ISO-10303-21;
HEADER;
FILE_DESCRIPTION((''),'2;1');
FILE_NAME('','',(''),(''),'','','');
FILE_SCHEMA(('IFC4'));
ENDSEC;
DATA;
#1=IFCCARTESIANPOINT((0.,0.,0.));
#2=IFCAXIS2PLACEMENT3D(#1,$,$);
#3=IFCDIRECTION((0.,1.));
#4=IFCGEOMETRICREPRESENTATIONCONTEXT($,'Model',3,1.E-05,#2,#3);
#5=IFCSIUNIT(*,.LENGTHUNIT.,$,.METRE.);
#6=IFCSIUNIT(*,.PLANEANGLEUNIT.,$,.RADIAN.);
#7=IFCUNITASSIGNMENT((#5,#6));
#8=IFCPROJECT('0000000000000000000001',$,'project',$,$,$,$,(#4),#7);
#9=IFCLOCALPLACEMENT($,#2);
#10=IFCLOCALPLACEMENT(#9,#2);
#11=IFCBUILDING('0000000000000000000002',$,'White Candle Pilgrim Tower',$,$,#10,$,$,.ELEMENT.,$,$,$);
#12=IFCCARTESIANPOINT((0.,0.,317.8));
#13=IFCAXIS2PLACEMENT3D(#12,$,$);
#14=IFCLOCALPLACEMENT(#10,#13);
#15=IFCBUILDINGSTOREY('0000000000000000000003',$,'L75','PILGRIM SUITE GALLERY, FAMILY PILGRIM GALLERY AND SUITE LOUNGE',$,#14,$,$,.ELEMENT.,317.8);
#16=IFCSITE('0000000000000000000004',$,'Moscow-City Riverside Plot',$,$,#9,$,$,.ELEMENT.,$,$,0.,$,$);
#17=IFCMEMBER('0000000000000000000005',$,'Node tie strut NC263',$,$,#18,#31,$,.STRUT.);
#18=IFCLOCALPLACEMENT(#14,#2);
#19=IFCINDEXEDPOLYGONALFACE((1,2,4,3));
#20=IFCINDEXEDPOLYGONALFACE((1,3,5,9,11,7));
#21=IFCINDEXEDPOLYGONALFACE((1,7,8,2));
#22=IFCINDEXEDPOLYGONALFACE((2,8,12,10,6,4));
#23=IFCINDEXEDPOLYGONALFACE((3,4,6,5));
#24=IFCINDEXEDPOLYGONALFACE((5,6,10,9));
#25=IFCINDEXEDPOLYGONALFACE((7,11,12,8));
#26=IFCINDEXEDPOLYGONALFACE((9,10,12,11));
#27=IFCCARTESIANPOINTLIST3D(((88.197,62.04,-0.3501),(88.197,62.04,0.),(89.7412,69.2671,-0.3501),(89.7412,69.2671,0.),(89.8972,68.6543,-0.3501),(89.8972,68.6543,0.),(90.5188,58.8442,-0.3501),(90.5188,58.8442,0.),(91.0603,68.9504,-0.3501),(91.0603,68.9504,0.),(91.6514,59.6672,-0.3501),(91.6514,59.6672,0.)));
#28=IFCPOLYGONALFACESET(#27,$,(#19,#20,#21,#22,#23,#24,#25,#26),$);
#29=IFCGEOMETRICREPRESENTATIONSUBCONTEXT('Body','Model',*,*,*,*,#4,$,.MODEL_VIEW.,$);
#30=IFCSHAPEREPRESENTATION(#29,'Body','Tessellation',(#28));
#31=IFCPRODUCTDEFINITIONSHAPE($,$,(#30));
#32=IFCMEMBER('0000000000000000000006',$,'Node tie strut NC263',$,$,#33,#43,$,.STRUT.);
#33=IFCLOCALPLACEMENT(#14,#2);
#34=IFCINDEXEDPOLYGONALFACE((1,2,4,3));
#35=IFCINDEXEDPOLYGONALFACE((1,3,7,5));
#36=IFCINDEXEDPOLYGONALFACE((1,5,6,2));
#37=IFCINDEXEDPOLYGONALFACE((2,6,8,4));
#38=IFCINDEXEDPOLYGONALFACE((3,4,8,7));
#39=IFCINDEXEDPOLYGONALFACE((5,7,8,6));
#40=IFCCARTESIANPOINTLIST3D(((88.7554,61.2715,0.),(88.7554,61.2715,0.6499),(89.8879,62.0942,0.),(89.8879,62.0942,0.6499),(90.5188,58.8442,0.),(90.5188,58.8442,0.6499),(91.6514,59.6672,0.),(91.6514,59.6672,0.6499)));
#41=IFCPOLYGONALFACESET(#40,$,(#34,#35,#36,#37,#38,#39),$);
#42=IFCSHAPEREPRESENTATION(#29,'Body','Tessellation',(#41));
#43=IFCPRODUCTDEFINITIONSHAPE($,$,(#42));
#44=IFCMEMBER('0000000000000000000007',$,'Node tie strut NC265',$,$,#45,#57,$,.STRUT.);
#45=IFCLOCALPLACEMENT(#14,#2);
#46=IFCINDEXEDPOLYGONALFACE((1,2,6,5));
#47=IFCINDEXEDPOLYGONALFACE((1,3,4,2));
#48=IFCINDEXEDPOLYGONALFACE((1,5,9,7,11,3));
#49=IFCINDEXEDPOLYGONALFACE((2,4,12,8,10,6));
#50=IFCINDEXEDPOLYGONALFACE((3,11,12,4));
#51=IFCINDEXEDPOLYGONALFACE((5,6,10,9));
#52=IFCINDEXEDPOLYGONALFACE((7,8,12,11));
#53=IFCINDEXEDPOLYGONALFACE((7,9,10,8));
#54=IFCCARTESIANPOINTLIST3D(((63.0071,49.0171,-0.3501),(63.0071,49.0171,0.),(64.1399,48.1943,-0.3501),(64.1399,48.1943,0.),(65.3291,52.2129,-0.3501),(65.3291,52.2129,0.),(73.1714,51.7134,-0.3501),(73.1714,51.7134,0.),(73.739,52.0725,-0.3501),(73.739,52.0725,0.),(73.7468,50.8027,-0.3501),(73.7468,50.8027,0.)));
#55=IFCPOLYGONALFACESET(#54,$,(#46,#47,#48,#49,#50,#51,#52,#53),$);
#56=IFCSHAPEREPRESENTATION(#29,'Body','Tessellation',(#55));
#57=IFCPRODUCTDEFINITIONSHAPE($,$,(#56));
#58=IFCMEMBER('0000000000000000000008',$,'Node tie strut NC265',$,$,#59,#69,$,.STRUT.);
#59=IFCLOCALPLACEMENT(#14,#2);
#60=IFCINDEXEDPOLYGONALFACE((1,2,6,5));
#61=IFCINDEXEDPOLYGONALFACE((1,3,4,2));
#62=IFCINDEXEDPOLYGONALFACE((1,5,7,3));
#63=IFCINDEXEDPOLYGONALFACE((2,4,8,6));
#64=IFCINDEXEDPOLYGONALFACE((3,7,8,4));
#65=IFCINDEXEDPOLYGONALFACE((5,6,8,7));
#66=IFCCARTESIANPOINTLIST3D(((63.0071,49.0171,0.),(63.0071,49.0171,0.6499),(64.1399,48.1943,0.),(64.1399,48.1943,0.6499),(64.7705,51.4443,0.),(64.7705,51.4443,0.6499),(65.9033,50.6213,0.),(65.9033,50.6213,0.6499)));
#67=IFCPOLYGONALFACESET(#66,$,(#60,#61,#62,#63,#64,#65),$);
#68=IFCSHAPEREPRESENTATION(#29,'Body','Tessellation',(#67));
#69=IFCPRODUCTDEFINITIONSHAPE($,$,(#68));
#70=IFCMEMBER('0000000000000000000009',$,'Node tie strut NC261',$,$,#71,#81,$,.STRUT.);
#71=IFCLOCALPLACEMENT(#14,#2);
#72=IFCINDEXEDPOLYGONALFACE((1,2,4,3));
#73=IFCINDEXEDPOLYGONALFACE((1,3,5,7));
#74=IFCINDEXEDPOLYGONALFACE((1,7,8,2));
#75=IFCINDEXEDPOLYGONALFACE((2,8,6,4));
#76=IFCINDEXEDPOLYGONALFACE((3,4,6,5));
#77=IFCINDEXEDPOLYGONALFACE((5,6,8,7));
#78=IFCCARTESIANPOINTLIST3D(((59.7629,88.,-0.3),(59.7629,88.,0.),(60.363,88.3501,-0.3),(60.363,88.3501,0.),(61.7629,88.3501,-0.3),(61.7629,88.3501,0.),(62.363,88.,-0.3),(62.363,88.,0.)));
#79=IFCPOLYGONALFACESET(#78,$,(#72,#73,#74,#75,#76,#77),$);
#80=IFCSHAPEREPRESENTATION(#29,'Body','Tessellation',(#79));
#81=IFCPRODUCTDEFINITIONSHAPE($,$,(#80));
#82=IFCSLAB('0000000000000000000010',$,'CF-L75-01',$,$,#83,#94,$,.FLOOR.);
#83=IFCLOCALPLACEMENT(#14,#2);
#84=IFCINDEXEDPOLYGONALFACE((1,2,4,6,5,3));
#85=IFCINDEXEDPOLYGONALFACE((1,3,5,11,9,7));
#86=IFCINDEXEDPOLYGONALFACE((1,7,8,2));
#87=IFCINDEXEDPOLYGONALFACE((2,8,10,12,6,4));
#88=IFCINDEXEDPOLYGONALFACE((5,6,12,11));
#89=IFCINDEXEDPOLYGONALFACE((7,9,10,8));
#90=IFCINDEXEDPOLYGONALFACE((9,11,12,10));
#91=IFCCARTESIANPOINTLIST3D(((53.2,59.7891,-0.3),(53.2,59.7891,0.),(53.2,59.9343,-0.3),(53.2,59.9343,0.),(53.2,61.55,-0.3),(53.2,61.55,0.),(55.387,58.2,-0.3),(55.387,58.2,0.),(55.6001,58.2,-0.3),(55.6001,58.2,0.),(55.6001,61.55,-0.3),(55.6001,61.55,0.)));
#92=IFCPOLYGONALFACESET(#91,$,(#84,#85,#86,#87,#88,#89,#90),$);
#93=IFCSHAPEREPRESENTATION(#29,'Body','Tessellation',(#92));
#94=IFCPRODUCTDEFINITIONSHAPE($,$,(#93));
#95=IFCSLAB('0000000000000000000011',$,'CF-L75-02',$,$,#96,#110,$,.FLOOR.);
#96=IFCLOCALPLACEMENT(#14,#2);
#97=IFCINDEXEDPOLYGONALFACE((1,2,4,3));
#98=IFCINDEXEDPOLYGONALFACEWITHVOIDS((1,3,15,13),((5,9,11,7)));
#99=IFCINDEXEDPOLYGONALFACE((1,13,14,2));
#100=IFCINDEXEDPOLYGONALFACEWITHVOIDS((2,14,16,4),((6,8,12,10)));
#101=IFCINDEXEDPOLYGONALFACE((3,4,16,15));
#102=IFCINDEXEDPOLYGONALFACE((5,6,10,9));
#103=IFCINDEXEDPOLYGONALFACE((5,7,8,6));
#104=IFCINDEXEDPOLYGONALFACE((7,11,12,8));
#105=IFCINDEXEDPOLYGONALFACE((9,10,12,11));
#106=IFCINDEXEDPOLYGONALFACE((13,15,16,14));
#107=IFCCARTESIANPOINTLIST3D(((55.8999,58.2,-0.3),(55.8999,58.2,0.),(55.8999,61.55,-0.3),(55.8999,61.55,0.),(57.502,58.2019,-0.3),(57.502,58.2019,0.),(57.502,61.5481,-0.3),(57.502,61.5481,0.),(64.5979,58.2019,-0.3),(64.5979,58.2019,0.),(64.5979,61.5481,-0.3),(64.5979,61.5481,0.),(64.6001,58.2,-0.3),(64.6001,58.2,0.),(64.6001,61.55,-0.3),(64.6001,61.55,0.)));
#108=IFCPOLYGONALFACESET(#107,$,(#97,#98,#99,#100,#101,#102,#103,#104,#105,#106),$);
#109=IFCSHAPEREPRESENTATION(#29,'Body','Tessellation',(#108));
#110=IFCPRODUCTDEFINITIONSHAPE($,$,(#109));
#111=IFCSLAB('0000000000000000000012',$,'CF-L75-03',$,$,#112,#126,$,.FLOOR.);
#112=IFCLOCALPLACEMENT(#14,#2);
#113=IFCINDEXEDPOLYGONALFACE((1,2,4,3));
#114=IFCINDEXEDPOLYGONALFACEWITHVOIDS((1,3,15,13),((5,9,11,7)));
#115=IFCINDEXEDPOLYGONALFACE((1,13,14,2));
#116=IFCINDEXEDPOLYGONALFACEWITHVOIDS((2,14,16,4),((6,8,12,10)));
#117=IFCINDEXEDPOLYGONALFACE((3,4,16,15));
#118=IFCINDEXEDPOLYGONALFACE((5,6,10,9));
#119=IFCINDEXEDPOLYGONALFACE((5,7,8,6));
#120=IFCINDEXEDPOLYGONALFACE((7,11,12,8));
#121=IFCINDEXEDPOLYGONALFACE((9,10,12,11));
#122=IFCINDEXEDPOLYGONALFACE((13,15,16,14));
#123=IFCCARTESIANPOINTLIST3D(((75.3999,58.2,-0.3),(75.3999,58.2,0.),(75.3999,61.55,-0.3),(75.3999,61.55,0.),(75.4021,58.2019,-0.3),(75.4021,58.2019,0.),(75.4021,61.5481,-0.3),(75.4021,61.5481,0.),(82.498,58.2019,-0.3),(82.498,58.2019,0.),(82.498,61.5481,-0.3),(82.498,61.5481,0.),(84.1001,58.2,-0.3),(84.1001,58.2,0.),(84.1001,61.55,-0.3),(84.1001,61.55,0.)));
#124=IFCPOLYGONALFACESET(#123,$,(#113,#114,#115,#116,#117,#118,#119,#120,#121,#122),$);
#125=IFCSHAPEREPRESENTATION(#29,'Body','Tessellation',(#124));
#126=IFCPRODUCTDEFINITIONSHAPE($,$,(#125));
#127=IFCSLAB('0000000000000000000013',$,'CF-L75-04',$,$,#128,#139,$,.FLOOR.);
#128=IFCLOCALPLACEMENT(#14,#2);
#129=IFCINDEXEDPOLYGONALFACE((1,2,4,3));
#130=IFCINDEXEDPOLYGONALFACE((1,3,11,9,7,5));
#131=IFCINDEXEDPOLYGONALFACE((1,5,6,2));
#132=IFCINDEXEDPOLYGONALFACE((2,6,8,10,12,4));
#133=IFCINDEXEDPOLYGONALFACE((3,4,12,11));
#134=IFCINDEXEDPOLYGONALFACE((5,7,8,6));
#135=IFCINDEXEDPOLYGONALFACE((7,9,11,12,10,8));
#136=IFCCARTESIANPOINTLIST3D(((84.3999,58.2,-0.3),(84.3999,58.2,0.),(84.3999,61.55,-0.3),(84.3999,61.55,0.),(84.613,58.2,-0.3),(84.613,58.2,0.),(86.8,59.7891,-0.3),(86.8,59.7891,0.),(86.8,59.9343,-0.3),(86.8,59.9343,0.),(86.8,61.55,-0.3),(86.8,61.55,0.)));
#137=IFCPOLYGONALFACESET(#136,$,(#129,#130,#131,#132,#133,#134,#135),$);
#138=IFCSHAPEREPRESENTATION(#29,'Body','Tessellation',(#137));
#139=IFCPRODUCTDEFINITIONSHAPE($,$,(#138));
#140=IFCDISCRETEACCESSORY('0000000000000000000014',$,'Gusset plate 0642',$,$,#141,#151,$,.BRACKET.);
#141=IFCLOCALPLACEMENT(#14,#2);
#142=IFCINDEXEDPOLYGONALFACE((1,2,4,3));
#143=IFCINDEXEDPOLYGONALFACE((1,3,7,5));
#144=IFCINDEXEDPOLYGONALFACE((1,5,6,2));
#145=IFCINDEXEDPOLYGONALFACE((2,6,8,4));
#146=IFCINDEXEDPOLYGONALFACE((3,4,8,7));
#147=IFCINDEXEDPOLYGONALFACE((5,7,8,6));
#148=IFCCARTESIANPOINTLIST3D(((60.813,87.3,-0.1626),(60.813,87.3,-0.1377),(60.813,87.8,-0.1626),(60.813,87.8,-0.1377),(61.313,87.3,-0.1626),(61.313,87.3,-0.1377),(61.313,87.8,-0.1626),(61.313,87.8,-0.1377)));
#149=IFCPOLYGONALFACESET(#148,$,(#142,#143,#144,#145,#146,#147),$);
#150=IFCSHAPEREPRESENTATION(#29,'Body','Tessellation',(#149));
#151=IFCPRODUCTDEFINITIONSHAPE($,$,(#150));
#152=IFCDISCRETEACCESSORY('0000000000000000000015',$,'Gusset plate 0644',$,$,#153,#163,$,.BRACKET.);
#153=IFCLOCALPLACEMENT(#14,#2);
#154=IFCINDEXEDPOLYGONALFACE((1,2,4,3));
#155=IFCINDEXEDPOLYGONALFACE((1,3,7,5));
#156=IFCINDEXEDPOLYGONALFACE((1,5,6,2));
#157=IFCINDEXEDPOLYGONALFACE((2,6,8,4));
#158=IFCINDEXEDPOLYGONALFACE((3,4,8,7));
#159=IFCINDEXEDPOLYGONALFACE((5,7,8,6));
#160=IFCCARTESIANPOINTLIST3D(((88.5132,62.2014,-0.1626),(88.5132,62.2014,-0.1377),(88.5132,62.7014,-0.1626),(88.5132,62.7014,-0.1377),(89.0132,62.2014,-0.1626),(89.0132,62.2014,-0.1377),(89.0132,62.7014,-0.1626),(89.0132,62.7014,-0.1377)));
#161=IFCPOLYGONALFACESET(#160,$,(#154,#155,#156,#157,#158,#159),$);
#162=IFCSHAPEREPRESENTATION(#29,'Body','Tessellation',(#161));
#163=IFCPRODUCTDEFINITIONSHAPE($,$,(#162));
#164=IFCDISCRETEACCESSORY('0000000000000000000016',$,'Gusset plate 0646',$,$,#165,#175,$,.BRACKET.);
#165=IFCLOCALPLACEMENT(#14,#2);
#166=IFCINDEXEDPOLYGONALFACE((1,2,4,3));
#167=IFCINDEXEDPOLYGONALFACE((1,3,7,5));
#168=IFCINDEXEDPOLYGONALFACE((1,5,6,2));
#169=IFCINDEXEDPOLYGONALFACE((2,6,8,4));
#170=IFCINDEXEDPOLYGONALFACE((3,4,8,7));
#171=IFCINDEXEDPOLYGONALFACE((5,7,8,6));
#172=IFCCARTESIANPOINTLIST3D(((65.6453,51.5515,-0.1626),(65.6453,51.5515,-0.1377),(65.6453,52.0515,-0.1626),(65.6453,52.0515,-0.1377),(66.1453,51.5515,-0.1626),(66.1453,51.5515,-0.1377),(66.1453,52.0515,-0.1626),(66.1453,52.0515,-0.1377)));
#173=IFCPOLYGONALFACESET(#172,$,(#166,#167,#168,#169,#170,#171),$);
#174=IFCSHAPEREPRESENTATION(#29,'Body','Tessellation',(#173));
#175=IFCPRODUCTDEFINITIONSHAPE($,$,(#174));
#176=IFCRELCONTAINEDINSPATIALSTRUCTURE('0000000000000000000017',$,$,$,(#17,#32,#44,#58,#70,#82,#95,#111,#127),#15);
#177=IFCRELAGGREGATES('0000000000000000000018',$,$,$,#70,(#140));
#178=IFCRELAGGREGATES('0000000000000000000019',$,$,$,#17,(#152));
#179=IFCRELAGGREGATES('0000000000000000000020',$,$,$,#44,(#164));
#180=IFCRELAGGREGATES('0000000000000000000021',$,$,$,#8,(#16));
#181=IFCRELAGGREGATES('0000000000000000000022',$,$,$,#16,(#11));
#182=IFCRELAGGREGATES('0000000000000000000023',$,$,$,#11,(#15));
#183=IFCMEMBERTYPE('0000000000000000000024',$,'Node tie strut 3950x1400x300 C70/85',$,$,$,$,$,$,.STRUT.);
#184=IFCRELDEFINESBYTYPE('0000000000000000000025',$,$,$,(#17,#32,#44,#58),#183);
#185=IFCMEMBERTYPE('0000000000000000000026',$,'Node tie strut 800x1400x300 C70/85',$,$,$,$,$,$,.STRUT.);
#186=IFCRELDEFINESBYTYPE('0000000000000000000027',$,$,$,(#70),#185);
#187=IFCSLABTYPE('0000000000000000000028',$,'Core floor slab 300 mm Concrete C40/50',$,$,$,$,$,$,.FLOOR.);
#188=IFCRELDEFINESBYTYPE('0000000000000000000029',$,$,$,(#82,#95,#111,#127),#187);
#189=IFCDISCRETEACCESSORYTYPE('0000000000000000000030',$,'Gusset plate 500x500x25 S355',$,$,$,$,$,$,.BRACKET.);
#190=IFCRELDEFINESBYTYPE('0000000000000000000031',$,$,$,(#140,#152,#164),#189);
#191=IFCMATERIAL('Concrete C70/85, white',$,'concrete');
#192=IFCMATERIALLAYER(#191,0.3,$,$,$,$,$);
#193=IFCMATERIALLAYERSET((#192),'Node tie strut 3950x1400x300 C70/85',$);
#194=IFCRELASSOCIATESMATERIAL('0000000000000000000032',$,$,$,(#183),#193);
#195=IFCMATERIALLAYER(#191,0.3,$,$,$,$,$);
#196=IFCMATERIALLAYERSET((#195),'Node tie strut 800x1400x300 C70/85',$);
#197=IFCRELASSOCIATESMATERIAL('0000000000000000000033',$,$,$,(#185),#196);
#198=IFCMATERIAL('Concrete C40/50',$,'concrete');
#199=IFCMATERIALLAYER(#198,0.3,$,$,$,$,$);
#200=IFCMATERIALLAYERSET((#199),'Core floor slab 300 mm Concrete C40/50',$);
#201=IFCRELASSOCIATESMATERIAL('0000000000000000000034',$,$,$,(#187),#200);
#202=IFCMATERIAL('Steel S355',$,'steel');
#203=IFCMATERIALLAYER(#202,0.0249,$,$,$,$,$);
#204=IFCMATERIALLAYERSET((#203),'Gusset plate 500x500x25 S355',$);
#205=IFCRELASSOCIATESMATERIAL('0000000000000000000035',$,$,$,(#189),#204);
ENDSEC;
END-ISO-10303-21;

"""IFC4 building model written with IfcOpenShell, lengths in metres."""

from ifc_helpers import new_model, si_unit, direction, frame, origin, origin_2d, place, context, subcontext, project, spatial, polyline, rectangle, outline, extrude, material, layer, layer_set, type_object, element, aggregate, save


model = new_model("IFC4")

# Units and contexts
model_context = context("Model", 3, precision=1e-05, world=origin(), true_north=direction((0.0, 1.0)))
body_context = subcontext(model_context, "Body", "Model", "MODEL_VIEW")
ifc_project = project(units=[si_unit("LENGTHUNIT", "METRE"), si_unit("PLANEANGLEUNIT", "RADIAN")], contexts=[model_context])

# Site, building, storey
site_placement = place(None, origin())
site = spatial("IfcSite", under=ifc_project, at=site_placement, Name="Moscow-City Riverside Plot", CompositionType="ELEMENT", RefElevation=0.0)
building_placement = place(site_placement, origin())
building = spatial("IfcBuilding", under=site, at=building_placement, Name="White Candle Pilgrim Tower", CompositionType="ELEMENT")
storey_placement = place(building_placement, frame((0.0, 0.0, 317.8)))
storey = spatial("IfcBuildingStorey", under=building, at=storey_placement, Name="L75", Description="PILGRIM SUITE GALLERY, FAMILY PILGRIM GALLERY AND SUITE LOUNGE", CompositionType="ELEMENT", Elevation=317.8)

# Members
ifc_material_1 = material(Name="Concrete C70/85, white", Category="concrete")
ifc_layer_1 = layer(ifc_material_1, 0.3)
ifc_layer_set_1 = layer_set([ifc_layer_1], Name="Node tie strut 3950x1400x300 C70/85")
member_type_1 = type_object("IfcMemberType", Name="Node tie strut 3950x1400x300 C70/85", PredefinedType="STRUT", material=ifc_layer_set_1)
member_1_placement = place(storey_placement, frame((0.0, 0.0, -0.3501)))
member_1 = element("IfcMember", 1, at=member_1_placement, inside=storey, type_object=member_type_1, Name="Node tie strut NC263", PredefinedType="STRUT", context=body_context, shape_type="SweptSolid", body=[
    extrude(outline(polyline([(90.5188, 58.8442), (91.6514, 59.6672), (91.0603, 68.9504), (89.8972, 68.6543), (89.7412, 69.2671), (88.197, 62.04), (90.5188, 58.8442)])), origin(), (0.0, 0.0, 1.0), 0.3501),
])
member_2_placement = place(storey_placement, origin())
element("IfcMember", 2, at=member_2_placement, inside=storey, type_object=member_type_1, Name="Node tie strut NC263", PredefinedType="STRUT", context=body_context, shape_type="SweptSolid", body=[
    extrude(outline(polyline([(90.5188, 58.8442), (91.6514, 59.6672), (89.8879, 62.0942), (88.7554, 61.2715), (90.5188, 58.8442)])), origin(), (0.0, 0.0, 1.0), 0.6499),
])
member_3_placement = place(storey_placement, frame((0.0, 0.0, -0.3501)))
member_3 = element("IfcMember", 3, at=member_3_placement, inside=storey, type_object=member_type_1, Name="Node tie strut NC265", PredefinedType="STRUT", context=body_context, shape_type="SweptSolid", body=[
    extrude(outline(polyline([(64.1399, 48.1943), (73.7468, 50.8027), (73.1714, 51.7134), (73.739, 52.0725), (65.3291, 52.2129), (63.0071, 49.0171), (64.1399, 48.1943)])), origin(), (0.0, 0.0, 1.0), 0.3501),
])
member_4_placement = place(storey_placement, origin())
element("IfcMember", 4, at=member_4_placement, inside=storey, type_object=member_type_1, Name="Node tie strut NC265", PredefinedType="STRUT", context=body_context, shape_type="SweptSolid", body=[
    extrude(outline(polyline([(64.1399, 48.1943), (65.9033, 50.6213), (64.7705, 51.4443), (63.0071, 49.0171), (64.1399, 48.1943)])), origin(), (0.0, 0.0, 1.0), 0.6499),
])
ifc_layer_2 = layer(ifc_material_1, 0.3)
ifc_layer_set_2 = layer_set([ifc_layer_2], Name="Node tie strut 800x1400x300 C70/85")
member_type_2 = type_object("IfcMemberType", Name="Node tie strut 800x1400x300 C70/85", PredefinedType="STRUT", material=ifc_layer_set_2)
member_5_placement = place(storey_placement, frame((0.0, 0.0, -0.3)))
member_5 = element("IfcMember", 5, at=member_5_placement, inside=storey, type_object=member_type_2, Name="Node tie strut NC261", PredefinedType="STRUT", context=body_context, shape_type="SweptSolid", body=[
    extrude(outline(polyline([(59.7629, 88.0), (62.363, 88.0), (61.7629, 88.3501), (60.363, 88.3501), (59.7629, 88.0)])), origin(), (0.0, 0.0, 1.0), 0.3),
])

# Slabs
ifc_material_2 = material(Name="Concrete C40/50", Category="concrete")
ifc_layer_3 = layer(ifc_material_2, 0.3)
ifc_layer_set_3 = layer_set([ifc_layer_3], Name="Core floor slab 300 mm Concrete C40/50")
slab_type_1 = type_object("IfcSlabType", Name="Core floor slab 300 mm Concrete C40/50", PredefinedType="FLOOR", material=ifc_layer_set_3)
slab_1_placement = place(storey_placement, frame((0.0, 0.0, -0.3)))
element("IfcSlab", 6, at=slab_1_placement, inside=storey, type_object=slab_type_1, Name="CF-L75-01", PredefinedType="FLOOR", context=body_context, shape_type="SweptSolid", body=[
    extrude(outline(polyline([(55.387, 58.2), (53.2, 59.7891), (53.2, 59.9343), (53.2, 61.55), (55.6001, 61.55), (55.6001, 58.2), (55.387, 58.2)])), origin(), (0.0, 0.0, 1.0), 0.3),
])
slab_2_placement = place(storey_placement, frame((0.0, 0.0, -0.3)))
element("IfcSlab", 7, at=slab_2_placement, inside=storey, type_object=slab_type_1, Name="CF-L75-02", PredefinedType="FLOOR", context=body_context, shape_type="SweptSolid", body=[
    extrude(outline(polyline([(55.8999, 58.2), (55.8999, 61.55), (64.6001, 61.55), (64.6001, 58.2), (55.8999, 58.2)]), holes=[polyline([(57.502, 61.5481), (57.502, 58.2019), (64.5979, 58.2019), (64.5979, 61.5481), (57.502, 61.5481)])]), origin(), (0.0, 0.0, 1.0), 0.3),
])
slab_3_placement = place(storey_placement, frame((0.0, 0.0, -0.3)))
element("IfcSlab", 8, at=slab_3_placement, inside=storey, type_object=slab_type_1, Name="CF-L75-03", PredefinedType="FLOOR", context=body_context, shape_type="SweptSolid", body=[
    extrude(outline(polyline([(75.3999, 58.2), (75.3999, 61.55), (84.1001, 61.55), (84.1001, 58.2), (75.3999, 58.2)]), holes=[polyline([(82.498, 58.2019), (82.498, 61.5481), (75.4021, 61.5481), (75.4021, 58.2019), (82.498, 58.2019)])]), origin(), (0.0, 0.0, 1.0), 0.3),
])
slab_4_placement = place(storey_placement, frame((0.0, 0.0, -0.3)))
element("IfcSlab", 9, at=slab_4_placement, inside=storey, type_object=slab_type_1, Name="CF-L75-04", PredefinedType="FLOOR", context=body_context, shape_type="SweptSolid", body=[
    extrude(outline(polyline([(86.8, 59.9343), (86.8, 59.7891), (84.613, 58.2), (84.3999, 58.2), (84.3999, 61.55), (86.8, 61.55), (86.8, 59.9343)])), origin(), (0.0, 0.0, 1.0), 0.3),
])

# Discrete accessories
ifc_material_3 = material(Name="Steel S355", Category="steel")
ifc_layer_4 = layer(ifc_material_3, 0.0249)
ifc_layer_set_4 = layer_set([ifc_layer_4], Name="Gusset plate 500x500x25 S355")
discrete_accessory_type = type_object("IfcDiscreteAccessoryType", Name="Gusset plate 500x500x25 S355", PredefinedType="BRACKET", material=ifc_layer_set_4)
discrete_accessory_1_placement = place(storey_placement, frame((61.063, 87.55, -0.1626), z_axis=(0.0, 0.0, 1.0), x_axis=(1.0, 0.0, 0.0)))
discrete_accessory_1 = element("IfcDiscreteAccessory", 10, at=discrete_accessory_1_placement, type_object=discrete_accessory_type, Name="Gusset plate 0642", PredefinedType="BRACKET", context=body_context, shape_type="SweptSolid", body=[
    extrude(rectangle(XDim=0.5, YDim=0.5, at=origin_2d()), origin(), (0.0, 0.0, 1.0), 0.0249),
])
aggregate(member_5, [discrete_accessory_1])
discrete_accessory_2_placement = place(storey_placement, frame((88.7632, 62.4514, -0.1626), z_axis=(0.0, 0.0, 1.0), x_axis=(1.0, 0.0, 0.0)))
discrete_accessory_2 = element("IfcDiscreteAccessory", 11, at=discrete_accessory_2_placement, type_object=discrete_accessory_type, Name="Gusset plate 0644", PredefinedType="BRACKET", context=body_context, shape_type="SweptSolid", body=[
    extrude(rectangle(XDim=0.5, YDim=0.5, at=origin_2d()), origin(), (0.0, 0.0, 1.0), 0.0249),
])
aggregate(member_1, [discrete_accessory_2])
discrete_accessory_3_placement = place(storey_placement, frame((65.8953, 51.8015, -0.1626), z_axis=(0.0, 0.0, 1.0), x_axis=(1.0, 0.0, 0.0)))
discrete_accessory_3 = element("IfcDiscreteAccessory", 12, at=discrete_accessory_3_placement, type_object=discrete_accessory_type, Name="Gusset plate 0646", PredefinedType="BRACKET", context=body_context, shape_type="SweptSolid", body=[
    extrude(rectangle(XDim=0.5, YDim=0.5, at=origin_2d()), origin(), (0.0, 0.0, 1.0), 0.0249),
])
aggregate(member_3, [discrete_accessory_3])

save(model, "model.ifc")
